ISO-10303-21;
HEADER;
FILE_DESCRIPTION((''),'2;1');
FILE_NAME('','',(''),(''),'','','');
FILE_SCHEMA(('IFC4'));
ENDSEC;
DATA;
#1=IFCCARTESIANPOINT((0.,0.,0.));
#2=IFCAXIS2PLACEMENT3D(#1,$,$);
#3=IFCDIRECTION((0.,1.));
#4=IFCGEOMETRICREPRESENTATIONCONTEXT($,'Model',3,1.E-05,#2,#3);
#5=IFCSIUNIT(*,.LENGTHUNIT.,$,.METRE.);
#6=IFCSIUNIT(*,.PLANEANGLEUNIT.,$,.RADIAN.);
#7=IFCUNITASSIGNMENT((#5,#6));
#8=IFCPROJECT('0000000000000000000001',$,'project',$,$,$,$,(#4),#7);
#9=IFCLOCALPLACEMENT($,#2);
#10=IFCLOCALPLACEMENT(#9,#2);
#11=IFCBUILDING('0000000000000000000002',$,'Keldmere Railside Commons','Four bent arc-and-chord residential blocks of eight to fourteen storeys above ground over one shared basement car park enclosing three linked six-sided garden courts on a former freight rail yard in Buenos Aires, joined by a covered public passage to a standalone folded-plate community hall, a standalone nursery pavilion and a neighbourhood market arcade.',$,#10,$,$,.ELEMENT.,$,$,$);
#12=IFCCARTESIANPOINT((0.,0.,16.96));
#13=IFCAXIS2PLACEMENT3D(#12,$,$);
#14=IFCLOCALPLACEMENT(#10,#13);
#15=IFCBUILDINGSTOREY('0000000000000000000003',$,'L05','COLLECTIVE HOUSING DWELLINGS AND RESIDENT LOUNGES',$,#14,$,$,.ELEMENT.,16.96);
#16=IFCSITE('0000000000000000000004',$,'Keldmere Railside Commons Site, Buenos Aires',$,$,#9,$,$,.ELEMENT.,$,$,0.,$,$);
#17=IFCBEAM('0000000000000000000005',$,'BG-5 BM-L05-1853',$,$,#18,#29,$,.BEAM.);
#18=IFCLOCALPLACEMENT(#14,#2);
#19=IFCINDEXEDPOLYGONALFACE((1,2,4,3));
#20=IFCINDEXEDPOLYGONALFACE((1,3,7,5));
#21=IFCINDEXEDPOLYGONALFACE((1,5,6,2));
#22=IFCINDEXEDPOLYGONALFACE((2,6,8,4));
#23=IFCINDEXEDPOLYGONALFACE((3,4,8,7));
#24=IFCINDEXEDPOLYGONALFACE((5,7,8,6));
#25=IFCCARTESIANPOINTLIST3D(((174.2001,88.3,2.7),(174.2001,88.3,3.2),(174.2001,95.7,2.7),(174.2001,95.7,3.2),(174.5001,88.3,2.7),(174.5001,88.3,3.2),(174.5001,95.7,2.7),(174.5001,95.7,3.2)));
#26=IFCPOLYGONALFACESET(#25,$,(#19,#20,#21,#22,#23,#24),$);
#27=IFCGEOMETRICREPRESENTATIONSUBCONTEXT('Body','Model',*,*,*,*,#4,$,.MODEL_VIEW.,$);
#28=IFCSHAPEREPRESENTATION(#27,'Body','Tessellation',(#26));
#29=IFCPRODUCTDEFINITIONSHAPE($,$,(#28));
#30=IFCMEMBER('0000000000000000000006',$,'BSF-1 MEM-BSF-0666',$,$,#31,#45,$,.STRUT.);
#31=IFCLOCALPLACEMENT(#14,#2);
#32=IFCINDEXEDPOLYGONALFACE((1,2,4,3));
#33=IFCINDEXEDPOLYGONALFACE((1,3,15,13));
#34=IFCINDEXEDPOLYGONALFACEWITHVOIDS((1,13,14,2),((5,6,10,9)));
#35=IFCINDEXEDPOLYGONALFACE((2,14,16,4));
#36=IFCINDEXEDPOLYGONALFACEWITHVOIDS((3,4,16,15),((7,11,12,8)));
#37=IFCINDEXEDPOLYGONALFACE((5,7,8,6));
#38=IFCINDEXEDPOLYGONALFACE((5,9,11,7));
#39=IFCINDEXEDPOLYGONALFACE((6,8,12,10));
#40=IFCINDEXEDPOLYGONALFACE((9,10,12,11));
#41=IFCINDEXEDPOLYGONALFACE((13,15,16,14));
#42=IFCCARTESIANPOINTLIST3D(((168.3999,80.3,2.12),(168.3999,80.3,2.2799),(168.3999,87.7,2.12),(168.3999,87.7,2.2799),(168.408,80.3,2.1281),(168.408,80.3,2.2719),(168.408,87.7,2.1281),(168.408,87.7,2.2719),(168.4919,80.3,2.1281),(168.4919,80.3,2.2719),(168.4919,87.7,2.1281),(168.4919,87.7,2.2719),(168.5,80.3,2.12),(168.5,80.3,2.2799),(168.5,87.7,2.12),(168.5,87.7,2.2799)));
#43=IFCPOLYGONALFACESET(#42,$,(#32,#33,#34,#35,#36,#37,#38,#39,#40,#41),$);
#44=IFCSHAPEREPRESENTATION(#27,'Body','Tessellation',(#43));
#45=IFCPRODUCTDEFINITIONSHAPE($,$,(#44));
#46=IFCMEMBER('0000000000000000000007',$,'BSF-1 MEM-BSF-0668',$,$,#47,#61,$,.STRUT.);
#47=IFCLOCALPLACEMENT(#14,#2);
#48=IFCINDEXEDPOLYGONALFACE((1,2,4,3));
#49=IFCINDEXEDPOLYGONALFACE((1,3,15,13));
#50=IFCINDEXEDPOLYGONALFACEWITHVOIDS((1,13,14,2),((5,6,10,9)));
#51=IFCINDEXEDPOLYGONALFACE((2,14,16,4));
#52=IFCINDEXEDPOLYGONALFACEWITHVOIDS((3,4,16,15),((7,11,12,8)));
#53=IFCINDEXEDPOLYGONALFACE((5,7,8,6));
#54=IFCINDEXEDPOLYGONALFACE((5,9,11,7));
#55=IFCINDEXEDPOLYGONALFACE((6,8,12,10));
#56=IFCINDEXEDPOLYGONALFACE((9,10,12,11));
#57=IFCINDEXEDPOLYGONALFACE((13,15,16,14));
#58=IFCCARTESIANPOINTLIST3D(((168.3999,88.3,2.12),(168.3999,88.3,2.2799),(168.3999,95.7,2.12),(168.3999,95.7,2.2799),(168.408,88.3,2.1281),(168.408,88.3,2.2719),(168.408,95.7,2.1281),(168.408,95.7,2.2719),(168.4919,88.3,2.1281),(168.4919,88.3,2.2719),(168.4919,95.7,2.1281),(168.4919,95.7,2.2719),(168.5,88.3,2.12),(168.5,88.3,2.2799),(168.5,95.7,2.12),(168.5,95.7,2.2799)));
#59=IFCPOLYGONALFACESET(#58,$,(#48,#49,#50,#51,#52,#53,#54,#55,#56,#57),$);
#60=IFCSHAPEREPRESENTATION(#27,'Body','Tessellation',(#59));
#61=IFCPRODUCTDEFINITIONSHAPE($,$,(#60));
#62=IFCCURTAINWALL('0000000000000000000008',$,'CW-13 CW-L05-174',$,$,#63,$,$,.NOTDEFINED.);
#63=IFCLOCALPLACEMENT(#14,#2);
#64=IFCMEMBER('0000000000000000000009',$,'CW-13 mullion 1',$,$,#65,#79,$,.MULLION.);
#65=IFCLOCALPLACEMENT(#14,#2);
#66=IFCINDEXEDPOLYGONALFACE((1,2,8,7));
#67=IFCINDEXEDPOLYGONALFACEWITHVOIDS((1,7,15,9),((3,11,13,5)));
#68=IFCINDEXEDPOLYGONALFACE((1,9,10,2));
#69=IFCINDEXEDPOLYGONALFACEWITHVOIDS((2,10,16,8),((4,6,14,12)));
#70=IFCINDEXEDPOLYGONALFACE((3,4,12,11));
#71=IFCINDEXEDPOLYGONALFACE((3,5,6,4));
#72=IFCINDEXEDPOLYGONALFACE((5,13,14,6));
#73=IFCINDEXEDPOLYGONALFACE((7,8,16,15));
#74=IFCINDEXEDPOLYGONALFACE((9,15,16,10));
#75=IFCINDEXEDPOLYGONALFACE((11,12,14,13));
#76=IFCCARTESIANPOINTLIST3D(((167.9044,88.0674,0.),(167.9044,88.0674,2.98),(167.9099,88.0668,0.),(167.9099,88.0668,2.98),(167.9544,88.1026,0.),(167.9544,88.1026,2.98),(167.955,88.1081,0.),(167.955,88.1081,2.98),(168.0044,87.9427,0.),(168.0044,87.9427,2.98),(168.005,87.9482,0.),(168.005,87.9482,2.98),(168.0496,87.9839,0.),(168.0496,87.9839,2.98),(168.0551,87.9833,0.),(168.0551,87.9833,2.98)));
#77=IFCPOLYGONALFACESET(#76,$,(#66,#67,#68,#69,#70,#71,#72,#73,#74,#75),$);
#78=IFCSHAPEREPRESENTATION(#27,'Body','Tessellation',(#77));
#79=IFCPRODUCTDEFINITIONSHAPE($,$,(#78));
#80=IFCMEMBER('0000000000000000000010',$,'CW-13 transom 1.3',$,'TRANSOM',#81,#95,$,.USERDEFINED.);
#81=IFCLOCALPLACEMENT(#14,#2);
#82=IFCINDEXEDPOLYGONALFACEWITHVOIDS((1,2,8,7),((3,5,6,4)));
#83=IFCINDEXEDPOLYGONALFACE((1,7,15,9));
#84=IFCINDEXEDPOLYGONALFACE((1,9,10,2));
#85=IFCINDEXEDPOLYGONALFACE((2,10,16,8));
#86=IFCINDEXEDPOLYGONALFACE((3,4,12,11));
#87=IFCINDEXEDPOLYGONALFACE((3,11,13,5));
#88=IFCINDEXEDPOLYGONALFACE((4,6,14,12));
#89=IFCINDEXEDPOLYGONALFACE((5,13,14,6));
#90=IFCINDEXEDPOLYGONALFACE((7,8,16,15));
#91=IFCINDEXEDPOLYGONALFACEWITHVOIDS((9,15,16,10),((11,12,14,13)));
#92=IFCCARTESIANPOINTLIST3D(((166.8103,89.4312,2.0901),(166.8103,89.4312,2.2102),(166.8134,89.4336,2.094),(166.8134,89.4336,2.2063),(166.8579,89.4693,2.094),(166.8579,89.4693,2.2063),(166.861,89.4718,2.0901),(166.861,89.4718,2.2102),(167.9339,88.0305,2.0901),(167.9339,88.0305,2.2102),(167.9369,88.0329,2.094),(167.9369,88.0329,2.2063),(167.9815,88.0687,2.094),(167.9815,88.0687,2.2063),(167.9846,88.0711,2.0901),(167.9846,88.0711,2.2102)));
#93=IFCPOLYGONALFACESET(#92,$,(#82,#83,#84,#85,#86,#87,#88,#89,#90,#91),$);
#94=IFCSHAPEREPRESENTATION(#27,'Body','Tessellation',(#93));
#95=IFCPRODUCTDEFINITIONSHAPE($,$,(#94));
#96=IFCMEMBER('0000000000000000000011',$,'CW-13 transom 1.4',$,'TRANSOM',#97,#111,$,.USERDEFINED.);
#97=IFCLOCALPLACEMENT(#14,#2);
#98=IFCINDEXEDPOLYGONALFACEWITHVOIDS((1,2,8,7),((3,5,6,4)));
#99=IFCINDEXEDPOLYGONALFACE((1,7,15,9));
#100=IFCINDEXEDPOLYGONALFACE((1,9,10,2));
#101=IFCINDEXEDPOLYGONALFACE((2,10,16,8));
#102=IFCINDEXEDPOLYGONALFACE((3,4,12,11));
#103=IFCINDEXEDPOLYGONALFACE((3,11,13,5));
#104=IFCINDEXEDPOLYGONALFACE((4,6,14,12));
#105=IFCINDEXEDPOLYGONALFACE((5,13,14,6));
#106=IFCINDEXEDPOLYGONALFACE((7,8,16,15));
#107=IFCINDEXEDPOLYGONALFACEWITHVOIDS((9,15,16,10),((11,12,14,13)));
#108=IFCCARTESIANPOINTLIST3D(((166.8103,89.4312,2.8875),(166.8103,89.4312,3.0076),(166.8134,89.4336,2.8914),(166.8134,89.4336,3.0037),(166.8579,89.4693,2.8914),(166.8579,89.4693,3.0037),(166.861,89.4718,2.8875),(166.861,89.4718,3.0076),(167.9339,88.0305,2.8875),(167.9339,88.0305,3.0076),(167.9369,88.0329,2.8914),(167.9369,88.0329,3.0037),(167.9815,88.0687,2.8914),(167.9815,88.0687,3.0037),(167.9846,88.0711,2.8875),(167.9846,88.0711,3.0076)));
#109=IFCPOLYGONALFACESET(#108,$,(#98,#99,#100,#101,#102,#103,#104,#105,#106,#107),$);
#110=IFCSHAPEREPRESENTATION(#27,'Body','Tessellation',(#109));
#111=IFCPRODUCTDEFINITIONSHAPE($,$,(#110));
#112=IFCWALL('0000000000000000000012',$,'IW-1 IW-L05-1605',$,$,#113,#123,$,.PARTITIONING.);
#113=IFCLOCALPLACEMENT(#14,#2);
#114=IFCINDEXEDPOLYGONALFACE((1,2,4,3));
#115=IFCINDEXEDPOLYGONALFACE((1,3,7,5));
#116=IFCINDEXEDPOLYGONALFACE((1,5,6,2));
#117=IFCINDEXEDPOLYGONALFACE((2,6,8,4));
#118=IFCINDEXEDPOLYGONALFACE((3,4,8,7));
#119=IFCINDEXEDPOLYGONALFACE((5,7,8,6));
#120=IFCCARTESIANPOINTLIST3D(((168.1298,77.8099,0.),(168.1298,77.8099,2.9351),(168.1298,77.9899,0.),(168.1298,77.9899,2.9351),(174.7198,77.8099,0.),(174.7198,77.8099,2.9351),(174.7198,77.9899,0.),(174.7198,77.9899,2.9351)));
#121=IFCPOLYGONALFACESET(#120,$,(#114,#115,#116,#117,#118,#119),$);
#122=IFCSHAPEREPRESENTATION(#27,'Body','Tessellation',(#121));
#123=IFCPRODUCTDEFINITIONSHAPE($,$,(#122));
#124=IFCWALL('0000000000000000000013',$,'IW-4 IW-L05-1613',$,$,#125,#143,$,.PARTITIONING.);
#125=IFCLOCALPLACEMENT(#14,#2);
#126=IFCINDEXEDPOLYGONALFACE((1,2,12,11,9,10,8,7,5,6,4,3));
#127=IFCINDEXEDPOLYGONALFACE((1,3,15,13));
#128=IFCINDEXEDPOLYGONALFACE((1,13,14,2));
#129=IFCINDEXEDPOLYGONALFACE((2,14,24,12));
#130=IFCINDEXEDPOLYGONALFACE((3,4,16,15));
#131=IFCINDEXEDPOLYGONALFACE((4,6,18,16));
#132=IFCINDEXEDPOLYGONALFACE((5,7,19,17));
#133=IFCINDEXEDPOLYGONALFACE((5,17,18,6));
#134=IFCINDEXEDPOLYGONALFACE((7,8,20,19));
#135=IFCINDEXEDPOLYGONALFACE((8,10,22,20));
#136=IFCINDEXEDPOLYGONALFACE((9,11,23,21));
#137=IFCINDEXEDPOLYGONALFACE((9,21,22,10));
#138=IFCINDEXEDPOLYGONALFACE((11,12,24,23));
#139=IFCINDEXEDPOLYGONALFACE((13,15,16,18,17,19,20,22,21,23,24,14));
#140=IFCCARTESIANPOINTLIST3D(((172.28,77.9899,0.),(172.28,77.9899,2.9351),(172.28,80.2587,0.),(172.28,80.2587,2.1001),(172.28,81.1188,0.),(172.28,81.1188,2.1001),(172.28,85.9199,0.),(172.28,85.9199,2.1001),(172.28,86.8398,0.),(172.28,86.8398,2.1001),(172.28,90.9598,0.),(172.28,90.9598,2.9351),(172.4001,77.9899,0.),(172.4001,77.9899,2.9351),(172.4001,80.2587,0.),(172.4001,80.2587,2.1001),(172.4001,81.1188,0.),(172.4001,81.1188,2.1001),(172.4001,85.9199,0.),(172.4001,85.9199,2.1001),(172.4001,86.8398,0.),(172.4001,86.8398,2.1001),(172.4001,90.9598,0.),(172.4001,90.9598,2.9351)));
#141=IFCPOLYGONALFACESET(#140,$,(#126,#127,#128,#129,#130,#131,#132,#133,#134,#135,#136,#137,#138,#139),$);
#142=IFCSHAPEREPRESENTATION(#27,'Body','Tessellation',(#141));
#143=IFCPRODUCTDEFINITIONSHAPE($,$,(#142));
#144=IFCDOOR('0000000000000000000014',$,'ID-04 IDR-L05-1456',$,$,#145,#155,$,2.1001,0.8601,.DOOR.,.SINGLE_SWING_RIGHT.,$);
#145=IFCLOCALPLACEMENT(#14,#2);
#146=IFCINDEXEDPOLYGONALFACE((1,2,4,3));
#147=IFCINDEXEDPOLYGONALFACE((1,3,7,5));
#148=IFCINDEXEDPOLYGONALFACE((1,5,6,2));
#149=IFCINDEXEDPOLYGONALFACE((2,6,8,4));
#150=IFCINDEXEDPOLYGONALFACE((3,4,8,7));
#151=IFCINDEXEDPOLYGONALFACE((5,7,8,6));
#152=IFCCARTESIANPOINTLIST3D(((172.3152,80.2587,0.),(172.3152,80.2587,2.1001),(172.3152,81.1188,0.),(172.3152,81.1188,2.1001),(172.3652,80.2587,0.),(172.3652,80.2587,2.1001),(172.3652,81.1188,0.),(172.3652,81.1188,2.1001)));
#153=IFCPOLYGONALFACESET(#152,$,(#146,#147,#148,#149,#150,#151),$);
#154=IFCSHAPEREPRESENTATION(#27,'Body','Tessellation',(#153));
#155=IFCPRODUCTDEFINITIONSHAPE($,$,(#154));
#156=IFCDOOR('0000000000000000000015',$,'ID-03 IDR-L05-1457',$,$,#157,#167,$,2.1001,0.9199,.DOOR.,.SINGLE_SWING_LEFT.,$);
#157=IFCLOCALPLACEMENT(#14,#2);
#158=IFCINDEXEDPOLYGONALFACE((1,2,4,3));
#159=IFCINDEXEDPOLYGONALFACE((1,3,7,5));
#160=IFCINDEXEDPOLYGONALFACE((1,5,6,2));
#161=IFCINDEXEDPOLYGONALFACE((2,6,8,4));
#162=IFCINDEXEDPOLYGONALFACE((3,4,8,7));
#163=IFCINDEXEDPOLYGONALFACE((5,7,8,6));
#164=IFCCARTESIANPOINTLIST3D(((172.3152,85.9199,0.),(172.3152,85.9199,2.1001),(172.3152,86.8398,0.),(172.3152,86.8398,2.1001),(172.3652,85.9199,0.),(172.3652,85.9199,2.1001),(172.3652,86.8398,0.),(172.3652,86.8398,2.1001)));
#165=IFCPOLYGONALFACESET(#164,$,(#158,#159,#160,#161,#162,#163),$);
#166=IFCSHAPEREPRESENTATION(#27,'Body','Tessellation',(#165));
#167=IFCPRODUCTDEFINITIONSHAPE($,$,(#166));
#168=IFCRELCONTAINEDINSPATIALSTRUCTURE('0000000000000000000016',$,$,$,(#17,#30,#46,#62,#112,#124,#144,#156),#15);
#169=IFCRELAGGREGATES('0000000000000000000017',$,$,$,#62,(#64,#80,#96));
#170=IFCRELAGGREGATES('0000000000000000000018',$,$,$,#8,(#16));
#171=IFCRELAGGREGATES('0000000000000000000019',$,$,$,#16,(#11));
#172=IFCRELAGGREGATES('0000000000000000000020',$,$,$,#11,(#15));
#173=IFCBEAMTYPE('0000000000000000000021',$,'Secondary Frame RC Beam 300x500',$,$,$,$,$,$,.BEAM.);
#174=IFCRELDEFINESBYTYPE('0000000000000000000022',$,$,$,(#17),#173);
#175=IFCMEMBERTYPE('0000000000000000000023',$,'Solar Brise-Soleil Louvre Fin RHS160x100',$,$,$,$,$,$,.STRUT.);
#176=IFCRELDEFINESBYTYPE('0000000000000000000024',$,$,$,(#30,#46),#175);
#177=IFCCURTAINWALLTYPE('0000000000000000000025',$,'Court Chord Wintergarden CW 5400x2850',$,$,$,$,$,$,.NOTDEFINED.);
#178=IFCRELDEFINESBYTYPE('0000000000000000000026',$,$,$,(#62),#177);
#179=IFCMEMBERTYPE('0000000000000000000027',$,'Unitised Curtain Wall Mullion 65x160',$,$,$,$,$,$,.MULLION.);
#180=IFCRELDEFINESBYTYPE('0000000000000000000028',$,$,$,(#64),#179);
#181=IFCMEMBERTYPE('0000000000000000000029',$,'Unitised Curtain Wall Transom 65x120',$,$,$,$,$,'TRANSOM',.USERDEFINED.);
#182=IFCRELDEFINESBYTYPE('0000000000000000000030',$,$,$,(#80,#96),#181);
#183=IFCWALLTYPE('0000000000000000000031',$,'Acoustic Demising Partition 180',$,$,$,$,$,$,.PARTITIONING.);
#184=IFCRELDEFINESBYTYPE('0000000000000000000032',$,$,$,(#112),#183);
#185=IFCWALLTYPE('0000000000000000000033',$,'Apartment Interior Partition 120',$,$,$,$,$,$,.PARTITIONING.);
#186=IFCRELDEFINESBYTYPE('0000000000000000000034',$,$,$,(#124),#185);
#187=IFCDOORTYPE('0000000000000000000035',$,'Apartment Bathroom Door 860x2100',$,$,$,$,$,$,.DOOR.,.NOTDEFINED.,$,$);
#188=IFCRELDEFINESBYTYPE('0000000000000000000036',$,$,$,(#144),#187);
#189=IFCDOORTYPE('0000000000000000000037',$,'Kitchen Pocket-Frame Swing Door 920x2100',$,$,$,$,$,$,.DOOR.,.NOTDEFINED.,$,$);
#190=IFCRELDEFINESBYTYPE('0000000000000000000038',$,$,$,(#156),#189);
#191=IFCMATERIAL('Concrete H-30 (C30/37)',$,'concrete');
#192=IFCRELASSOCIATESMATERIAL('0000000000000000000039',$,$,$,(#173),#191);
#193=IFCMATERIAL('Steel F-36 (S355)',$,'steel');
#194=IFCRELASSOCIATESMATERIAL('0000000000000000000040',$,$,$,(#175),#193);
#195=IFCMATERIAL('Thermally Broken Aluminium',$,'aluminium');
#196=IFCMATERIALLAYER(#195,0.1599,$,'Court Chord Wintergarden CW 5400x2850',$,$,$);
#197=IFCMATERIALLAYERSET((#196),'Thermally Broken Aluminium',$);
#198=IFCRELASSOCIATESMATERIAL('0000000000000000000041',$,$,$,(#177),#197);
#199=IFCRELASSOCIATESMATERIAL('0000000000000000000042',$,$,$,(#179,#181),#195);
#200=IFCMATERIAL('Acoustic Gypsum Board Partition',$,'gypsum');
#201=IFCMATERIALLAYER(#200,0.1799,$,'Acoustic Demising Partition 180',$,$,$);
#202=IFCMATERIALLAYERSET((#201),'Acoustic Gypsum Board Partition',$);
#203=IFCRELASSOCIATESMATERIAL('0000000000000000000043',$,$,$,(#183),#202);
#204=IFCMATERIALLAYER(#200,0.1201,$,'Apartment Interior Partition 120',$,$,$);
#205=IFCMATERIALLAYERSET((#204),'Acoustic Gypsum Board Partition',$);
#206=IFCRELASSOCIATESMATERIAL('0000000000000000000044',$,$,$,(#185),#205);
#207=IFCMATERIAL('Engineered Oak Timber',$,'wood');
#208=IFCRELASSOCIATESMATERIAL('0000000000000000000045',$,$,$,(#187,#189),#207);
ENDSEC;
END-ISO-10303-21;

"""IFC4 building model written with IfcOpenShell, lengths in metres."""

from ifc_helpers import new_model, si_unit, direction, frame, frame_2d, origin, origin_2d, place, context, subcontext, project, spatial, rectangle, hollow_rectangle, extrude, material, layer, layer_set, material_profile, profile_set, type_object, element, fill, aggregate, save


model = new_model("IFC4")

# Units and contexts
model_context = context("Model", 3, precision=1e-05, world=origin(), true_north=direction((0.0, 1.0)))
body_context = subcontext(model_context, "Body", "Model", "MODEL_VIEW")
ifc_project = project(units=[si_unit("LENGTHUNIT", "METRE"), si_unit("PLANEANGLEUNIT", "RADIAN")], contexts=[model_context])

# Site, building, storey
site_placement = place(None, origin())
site = spatial("IfcSite", under=ifc_project, at=site_placement, Name="Keldmere Railside Commons Site, Buenos Aires", CompositionType="ELEMENT", RefElevation=0.0)
building_placement = place(site_placement, origin())
building = spatial("IfcBuilding", under=site, at=building_placement, Name="Keldmere Railside Commons", Description="Four bent arc-and-chord residential blocks of eight to fourteen storeys above ground over one shared basement car park enclosing three linked six-sided garden courts on a former freight rail yard in Buenos Aires, joined by a covered public passage to a standalone folded-plate community hall, a standalone nursery pavilion and a neighbourhood market arcade.", CompositionType="ELEMENT")
storey_placement = place(building_placement, frame((0.0, 0.0, 16.96)))
storey = spatial("IfcBuildingStorey", under=building, at=storey_placement, Name="L05", Description="COLLECTIVE HOUSING DWELLINGS AND RESIDENT LOUNGES", CompositionType="ELEMENT", Elevation=16.96)

# Shared definitions
ifc_material_1 = material(Name="Steel F-36 (S355)", Category="steel")

# Beam
ifc_material_2 = material(Name="Concrete H-30 (C30/37)", Category="concrete")
ifc_material_profile_1 = material_profile(ifc_material_2, rectangle(XDim=0.3, YDim=0.5, at=origin_2d()), Name="RC-300x500")
ifc_profile_set_1 = profile_set([ifc_material_profile_1], Name="Concrete H-30 (C30/37)")
beam_type_1 = type_object("IfcBeamType", Name="Secondary Frame RC Beam 300x500", PredefinedType="BEAM", material=ifc_profile_set_1)
for number, where, z_axis, x_axis, name in (
    (1, (174.3501, 88.3, 2.95), (0.0, 1.0, 0.0), (-1.0, 0.0, 0.0), "BG-5 BM-L05-1853"),
):
    element("IfcBeam", number, at=place(storey_placement, frame(where, z_axis=z_axis, x_axis=x_axis)), inside=storey, type_object=beam_type_1, Name=name, PredefinedType="BEAM", context=body_context, shape_type="SweptSolid", body=[
        extrude(rectangle(XDim=0.3, YDim=0.5, at=origin_2d()), origin(), (0.0, 0.0, 1.0), 7.3999),
    ])

# Members
ifc_material_profile_2 = material_profile(ifc_material_1, hollow_rectangle(XDim=0.1001, YDim=0.1599, WallThickness=0.0081, at=origin_2d()), Name="RHS-160x100x8")
ifc_profile_set_2 = profile_set([ifc_material_profile_2], Name="Steel F-36 (S355)")
member_type_1 = type_object("IfcMemberType", Name="Solar Brise-Soleil Louvre Fin RHS160x100", PredefinedType="STRUT", material=ifc_profile_set_2)
for number, where, z_axis, x_axis, name in (
    (2, (168.45, 80.3, 2.2), (0.0, 1.0, 0.0), (-1.0, 0.0, 0.0), "BSF-1 MEM-BSF-0666"),
    (3, (168.45, 88.3, 2.2), (0.0, 1.0, 0.0), (-1.0, 0.0, 0.0), "BSF-1 MEM-BSF-0668"),
):
    element("IfcMember", number, at=place(storey_placement, frame(where, z_axis=z_axis, x_axis=x_axis)), inside=storey, type_object=member_type_1, Name=name, PredefinedType="STRUT", context=body_context, shape_type="SweptSolid", body=[
        extrude(hollow_rectangle(XDim=0.1001, YDim=0.1599, WallThickness=0.0081, at=origin_2d()), origin(), (0.0, 0.0, 1.0), 7.3999),
    ])

# Curtain wall, members
ifc_material_3 = material(Name="Thermally Broken Aluminium", Category="aluminium")
ifc_layer_1 = layer(ifc_material_3, 0.1599, Name="Court Chord Wintergarden CW 5400x2850")
ifc_layer_set_1 = layer_set([ifc_layer_1], Name="Thermally Broken Aluminium")
curtain_wall_type = type_object("IfcCurtainWallType", Name="Court Chord Wintergarden CW 5400x2850", PredefinedType="NOTDEFINED", material=ifc_layer_set_1)
curtain_wall_placement = place(storey_placement, origin())
curtain_wall = element("IfcCurtainWall", 4, at=curtain_wall_placement, inside=storey, type_object=curtain_wall_type, Name="CW-13 CW-L05-174", PredefinedType="NOTDEFINED")
ifc_material_profile_3 = material_profile(ifc_material_3, hollow_rectangle(XDim=0.0649, YDim=0.1599, WallThickness=0.0039, at=origin_2d()), Name="ALU-MULL-65x160")
ifc_profile_set_3 = profile_set([ifc_material_profile_3], Name="Thermally Broken Aluminium")
member_type_2 = type_object("IfcMemberType", Name="Unitised Curtain Wall Mullion 65x160", PredefinedType="MULLION", material=ifc_profile_set_3)
member_1_placement = place(storey_placement, frame((167.9797, 88.0254, 0.0), z_axis=(0.0, 0.0, 1.0), x_axis=(-0.780009, -0.625768, 0.0)))
member_1 = element("IfcMember", 5, at=member_1_placement, type_object=member_type_2, Name="CW-13 mullion 1", PredefinedType="MULLION", context=body_context, shape_type="SweptSolid", body=[
    extrude(hollow_rectangle(XDim=0.0649, YDim=0.1599, WallThickness=0.0039, at=origin_2d()), origin(), (0.0, 0.0, 1.0), 2.98),
])
ifc_material_profile_4 = material_profile(ifc_material_3, hollow_rectangle(XDim=0.0649, YDim=0.1201, WallThickness=0.0039, at=origin_2d()), Name="ALU-TRAN-65x120")
ifc_profile_set_4 = profile_set([ifc_material_profile_4], Name="Thermally Broken Aluminium")
member_type_3 = type_object("IfcMemberType", Name="Unitised Curtain Wall Transom 65x120", ElementType="TRANSOM", PredefinedType="USERDEFINED", material=ifc_profile_set_4)
member_2_placement = place(storey_placement, frame((167.9592, 88.0508, 2.1501), z_axis=(-0.625723, 0.780046, 0.0), x_axis=(-0.780046, -0.625723, 0.0)))
member_2 = element("IfcMember", 6, at=member_2_placement, type_object=member_type_3, Name="CW-13 transom 1.3", ObjectType="TRANSOM", PredefinedType="USERDEFINED", context=body_context, shape_type="SweptSolid", body=[
    extrude(hollow_rectangle(XDim=0.0649, YDim=0.1201, WallThickness=0.0039, at=origin_2d()), origin(), (0.0, 0.0, 1.0), 1.7957),
])
member_3_placement = place(storey_placement, frame((167.9592, 88.0508, 2.9475), z_axis=(-0.625723, 0.780046, 0.0), x_axis=(-0.780046, -0.625723, 0.0)))
member_3 = element("IfcMember", 7, at=member_3_placement, type_object=member_type_3, Name="CW-13 transom 1.4", ObjectType="TRANSOM", PredefinedType="USERDEFINED", context=body_context, shape_type="SweptSolid", body=[
    extrude(hollow_rectangle(XDim=0.0649, YDim=0.1201, WallThickness=0.0039, at=origin_2d()), origin(), (0.0, 0.0, 1.0), 1.7957),
])
aggregate(curtain_wall, [member_1, member_2, member_3])

# Wall
ifc_material_4 = material(Name="Acoustic Gypsum Board Partition", Category="gypsum")
ifc_layer_2 = layer(ifc_material_4, 0.1799, Name="Acoustic Demising Partition 180")
ifc_layer_set_2 = layer_set([ifc_layer_2], Name="Acoustic Gypsum Board Partition")
wall_type_1 = type_object("IfcWallType", Name="Acoustic Demising Partition 180", PredefinedType="PARTITIONING", material=ifc_layer_set_2)
wall_1_placement = place(storey_placement, frame((168.1299, 77.8999, 0.0), z_axis=(0.0, 0.0, 1.0), x_axis=(1.0, 0.0, 0.0)))
element("IfcWall", 8, at=wall_1_placement, inside=storey, type_object=wall_type_1, Name="IW-1 IW-L05-1605", PredefinedType="PARTITIONING", context=body_context, shape_type="SweptSolid", body=[
    extrude(rectangle(XDim=6.5901, YDim=0.1799, at=frame_2d((3.2949, 0.0))), origin(), (0.0, 0.0, 1.0), 2.9351),
])

# Wall, openings, doors
ifc_layer_3 = layer(ifc_material_4, 0.1201, Name="Apartment Interior Partition 120")
ifc_layer_set_3 = layer_set([ifc_layer_3], Name="Acoustic Gypsum Board Partition")
wall_type_2 = type_object("IfcWallType", Name="Apartment Interior Partition 120", PredefinedType="PARTITIONING", material=ifc_layer_set_3)
wall_2_placement = place(storey_placement, frame((172.3401, 77.99, 0.0), z_axis=(0.0, 0.0, 1.0), x_axis=(0.0, 1.0, 0.0)))
wall_2 = element("IfcWall", 9, at=wall_2_placement, inside=storey, type_object=wall_type_2, Name="IW-4 IW-L05-1613", PredefinedType="PARTITIONING", context=body_context, shape_type="SweptSolid", body=[
    extrude(rectangle(XDim=12.97, YDim=0.1201, at=frame_2d((6.4849, 0.0))), origin(), (0.0, 0.0, 1.0), 2.9351),
])
opening_1_placement = place(wall_2_placement, frame((2.2686, 0.0, 0.0)))
opening_1 = element("IfcOpeningElement", 10, at=opening_1_placement, cuts=wall_2, PredefinedType="OPENING", context=body_context, shape_type="SweptSolid", body=[
    extrude(rectangle(XDim=0.8601, YDim=2.1001, at=frame_2d((0.4302, 1.05))), frame((0.0, 0.0701, 0.0), z_axis=(0.0, -1.0, 0.0), x_axis=(1.0, 0.0, 0.0)), (0.0, 0.0, 1.0), 0.1401),
])
opening_2_placement = place(wall_2_placement, frame((7.9299, 0.0, 0.0)))
opening_2 = element("IfcOpeningElement", 11, at=opening_2_placement, cuts=wall_2, PredefinedType="OPENING", context=body_context, shape_type="SweptSolid", body=[
    extrude(rectangle(XDim=0.9199, YDim=2.1001, at=frame_2d((0.46, 1.05))), frame((0.0, 0.0701, 0.0), z_axis=(0.0, -1.0, 0.0), x_axis=(1.0, 0.0, 0.0)), (0.0, 0.0, 1.0), 0.1401),
])
ifc_material_5 = material(Name="Engineered Oak Timber", Category="wood")
door_type_1 = type_object("IfcDoorType", Name="Apartment Bathroom Door 860x2100", OperationType="NOTDEFINED", PredefinedType="DOOR", material=ifc_material_5)
door_1_placement = place(opening_1_placement, origin())
door_1 = element("IfcDoor", 12, at=door_1_placement, inside=storey, type_object=door_type_1, Name="ID-04 IDR-L05-1456", OperationType="SINGLE_SWING_RIGHT", OverallHeight=2.1001, OverallWidth=0.8601, PredefinedType="DOOR", context=body_context, shape_type="SweptSolid", body=[
    extrude(rectangle(XDim=0.8601, YDim=2.1001, at=frame_2d((0.4302, 1.05))), frame((0.0, 0.0249, 0.0), z_axis=(0.0, -1.0, 0.0), x_axis=(1.0, 0.0, 0.0)), (0.0, 0.0, 1.0), 0.05),
])
fill(opening_1, door_1)
door_type_2 = type_object("IfcDoorType", Name="Kitchen Pocket-Frame Swing Door 920x2100", OperationType="NOTDEFINED", PredefinedType="DOOR", material=ifc_material_5)
door_2_placement = place(opening_2_placement, origin())
door_2 = element("IfcDoor", 13, at=door_2_placement, inside=storey, type_object=door_type_2, Name="ID-03 IDR-L05-1457", OperationType="SINGLE_SWING_LEFT", OverallHeight=2.1001, OverallWidth=0.9199, PredefinedType="DOOR", context=body_context, shape_type="SweptSolid", body=[
    extrude(rectangle(XDim=0.9199, YDim=2.1001, at=frame_2d((0.46, 1.05))), frame((0.0, 0.0249, 0.0), z_axis=(0.0, -1.0, 0.0), x_axis=(1.0, 0.0, 0.0)), (0.0, 0.0, 1.0), 0.05),
])
fill(opening_2, door_2)

save(model, "model.ifc")
